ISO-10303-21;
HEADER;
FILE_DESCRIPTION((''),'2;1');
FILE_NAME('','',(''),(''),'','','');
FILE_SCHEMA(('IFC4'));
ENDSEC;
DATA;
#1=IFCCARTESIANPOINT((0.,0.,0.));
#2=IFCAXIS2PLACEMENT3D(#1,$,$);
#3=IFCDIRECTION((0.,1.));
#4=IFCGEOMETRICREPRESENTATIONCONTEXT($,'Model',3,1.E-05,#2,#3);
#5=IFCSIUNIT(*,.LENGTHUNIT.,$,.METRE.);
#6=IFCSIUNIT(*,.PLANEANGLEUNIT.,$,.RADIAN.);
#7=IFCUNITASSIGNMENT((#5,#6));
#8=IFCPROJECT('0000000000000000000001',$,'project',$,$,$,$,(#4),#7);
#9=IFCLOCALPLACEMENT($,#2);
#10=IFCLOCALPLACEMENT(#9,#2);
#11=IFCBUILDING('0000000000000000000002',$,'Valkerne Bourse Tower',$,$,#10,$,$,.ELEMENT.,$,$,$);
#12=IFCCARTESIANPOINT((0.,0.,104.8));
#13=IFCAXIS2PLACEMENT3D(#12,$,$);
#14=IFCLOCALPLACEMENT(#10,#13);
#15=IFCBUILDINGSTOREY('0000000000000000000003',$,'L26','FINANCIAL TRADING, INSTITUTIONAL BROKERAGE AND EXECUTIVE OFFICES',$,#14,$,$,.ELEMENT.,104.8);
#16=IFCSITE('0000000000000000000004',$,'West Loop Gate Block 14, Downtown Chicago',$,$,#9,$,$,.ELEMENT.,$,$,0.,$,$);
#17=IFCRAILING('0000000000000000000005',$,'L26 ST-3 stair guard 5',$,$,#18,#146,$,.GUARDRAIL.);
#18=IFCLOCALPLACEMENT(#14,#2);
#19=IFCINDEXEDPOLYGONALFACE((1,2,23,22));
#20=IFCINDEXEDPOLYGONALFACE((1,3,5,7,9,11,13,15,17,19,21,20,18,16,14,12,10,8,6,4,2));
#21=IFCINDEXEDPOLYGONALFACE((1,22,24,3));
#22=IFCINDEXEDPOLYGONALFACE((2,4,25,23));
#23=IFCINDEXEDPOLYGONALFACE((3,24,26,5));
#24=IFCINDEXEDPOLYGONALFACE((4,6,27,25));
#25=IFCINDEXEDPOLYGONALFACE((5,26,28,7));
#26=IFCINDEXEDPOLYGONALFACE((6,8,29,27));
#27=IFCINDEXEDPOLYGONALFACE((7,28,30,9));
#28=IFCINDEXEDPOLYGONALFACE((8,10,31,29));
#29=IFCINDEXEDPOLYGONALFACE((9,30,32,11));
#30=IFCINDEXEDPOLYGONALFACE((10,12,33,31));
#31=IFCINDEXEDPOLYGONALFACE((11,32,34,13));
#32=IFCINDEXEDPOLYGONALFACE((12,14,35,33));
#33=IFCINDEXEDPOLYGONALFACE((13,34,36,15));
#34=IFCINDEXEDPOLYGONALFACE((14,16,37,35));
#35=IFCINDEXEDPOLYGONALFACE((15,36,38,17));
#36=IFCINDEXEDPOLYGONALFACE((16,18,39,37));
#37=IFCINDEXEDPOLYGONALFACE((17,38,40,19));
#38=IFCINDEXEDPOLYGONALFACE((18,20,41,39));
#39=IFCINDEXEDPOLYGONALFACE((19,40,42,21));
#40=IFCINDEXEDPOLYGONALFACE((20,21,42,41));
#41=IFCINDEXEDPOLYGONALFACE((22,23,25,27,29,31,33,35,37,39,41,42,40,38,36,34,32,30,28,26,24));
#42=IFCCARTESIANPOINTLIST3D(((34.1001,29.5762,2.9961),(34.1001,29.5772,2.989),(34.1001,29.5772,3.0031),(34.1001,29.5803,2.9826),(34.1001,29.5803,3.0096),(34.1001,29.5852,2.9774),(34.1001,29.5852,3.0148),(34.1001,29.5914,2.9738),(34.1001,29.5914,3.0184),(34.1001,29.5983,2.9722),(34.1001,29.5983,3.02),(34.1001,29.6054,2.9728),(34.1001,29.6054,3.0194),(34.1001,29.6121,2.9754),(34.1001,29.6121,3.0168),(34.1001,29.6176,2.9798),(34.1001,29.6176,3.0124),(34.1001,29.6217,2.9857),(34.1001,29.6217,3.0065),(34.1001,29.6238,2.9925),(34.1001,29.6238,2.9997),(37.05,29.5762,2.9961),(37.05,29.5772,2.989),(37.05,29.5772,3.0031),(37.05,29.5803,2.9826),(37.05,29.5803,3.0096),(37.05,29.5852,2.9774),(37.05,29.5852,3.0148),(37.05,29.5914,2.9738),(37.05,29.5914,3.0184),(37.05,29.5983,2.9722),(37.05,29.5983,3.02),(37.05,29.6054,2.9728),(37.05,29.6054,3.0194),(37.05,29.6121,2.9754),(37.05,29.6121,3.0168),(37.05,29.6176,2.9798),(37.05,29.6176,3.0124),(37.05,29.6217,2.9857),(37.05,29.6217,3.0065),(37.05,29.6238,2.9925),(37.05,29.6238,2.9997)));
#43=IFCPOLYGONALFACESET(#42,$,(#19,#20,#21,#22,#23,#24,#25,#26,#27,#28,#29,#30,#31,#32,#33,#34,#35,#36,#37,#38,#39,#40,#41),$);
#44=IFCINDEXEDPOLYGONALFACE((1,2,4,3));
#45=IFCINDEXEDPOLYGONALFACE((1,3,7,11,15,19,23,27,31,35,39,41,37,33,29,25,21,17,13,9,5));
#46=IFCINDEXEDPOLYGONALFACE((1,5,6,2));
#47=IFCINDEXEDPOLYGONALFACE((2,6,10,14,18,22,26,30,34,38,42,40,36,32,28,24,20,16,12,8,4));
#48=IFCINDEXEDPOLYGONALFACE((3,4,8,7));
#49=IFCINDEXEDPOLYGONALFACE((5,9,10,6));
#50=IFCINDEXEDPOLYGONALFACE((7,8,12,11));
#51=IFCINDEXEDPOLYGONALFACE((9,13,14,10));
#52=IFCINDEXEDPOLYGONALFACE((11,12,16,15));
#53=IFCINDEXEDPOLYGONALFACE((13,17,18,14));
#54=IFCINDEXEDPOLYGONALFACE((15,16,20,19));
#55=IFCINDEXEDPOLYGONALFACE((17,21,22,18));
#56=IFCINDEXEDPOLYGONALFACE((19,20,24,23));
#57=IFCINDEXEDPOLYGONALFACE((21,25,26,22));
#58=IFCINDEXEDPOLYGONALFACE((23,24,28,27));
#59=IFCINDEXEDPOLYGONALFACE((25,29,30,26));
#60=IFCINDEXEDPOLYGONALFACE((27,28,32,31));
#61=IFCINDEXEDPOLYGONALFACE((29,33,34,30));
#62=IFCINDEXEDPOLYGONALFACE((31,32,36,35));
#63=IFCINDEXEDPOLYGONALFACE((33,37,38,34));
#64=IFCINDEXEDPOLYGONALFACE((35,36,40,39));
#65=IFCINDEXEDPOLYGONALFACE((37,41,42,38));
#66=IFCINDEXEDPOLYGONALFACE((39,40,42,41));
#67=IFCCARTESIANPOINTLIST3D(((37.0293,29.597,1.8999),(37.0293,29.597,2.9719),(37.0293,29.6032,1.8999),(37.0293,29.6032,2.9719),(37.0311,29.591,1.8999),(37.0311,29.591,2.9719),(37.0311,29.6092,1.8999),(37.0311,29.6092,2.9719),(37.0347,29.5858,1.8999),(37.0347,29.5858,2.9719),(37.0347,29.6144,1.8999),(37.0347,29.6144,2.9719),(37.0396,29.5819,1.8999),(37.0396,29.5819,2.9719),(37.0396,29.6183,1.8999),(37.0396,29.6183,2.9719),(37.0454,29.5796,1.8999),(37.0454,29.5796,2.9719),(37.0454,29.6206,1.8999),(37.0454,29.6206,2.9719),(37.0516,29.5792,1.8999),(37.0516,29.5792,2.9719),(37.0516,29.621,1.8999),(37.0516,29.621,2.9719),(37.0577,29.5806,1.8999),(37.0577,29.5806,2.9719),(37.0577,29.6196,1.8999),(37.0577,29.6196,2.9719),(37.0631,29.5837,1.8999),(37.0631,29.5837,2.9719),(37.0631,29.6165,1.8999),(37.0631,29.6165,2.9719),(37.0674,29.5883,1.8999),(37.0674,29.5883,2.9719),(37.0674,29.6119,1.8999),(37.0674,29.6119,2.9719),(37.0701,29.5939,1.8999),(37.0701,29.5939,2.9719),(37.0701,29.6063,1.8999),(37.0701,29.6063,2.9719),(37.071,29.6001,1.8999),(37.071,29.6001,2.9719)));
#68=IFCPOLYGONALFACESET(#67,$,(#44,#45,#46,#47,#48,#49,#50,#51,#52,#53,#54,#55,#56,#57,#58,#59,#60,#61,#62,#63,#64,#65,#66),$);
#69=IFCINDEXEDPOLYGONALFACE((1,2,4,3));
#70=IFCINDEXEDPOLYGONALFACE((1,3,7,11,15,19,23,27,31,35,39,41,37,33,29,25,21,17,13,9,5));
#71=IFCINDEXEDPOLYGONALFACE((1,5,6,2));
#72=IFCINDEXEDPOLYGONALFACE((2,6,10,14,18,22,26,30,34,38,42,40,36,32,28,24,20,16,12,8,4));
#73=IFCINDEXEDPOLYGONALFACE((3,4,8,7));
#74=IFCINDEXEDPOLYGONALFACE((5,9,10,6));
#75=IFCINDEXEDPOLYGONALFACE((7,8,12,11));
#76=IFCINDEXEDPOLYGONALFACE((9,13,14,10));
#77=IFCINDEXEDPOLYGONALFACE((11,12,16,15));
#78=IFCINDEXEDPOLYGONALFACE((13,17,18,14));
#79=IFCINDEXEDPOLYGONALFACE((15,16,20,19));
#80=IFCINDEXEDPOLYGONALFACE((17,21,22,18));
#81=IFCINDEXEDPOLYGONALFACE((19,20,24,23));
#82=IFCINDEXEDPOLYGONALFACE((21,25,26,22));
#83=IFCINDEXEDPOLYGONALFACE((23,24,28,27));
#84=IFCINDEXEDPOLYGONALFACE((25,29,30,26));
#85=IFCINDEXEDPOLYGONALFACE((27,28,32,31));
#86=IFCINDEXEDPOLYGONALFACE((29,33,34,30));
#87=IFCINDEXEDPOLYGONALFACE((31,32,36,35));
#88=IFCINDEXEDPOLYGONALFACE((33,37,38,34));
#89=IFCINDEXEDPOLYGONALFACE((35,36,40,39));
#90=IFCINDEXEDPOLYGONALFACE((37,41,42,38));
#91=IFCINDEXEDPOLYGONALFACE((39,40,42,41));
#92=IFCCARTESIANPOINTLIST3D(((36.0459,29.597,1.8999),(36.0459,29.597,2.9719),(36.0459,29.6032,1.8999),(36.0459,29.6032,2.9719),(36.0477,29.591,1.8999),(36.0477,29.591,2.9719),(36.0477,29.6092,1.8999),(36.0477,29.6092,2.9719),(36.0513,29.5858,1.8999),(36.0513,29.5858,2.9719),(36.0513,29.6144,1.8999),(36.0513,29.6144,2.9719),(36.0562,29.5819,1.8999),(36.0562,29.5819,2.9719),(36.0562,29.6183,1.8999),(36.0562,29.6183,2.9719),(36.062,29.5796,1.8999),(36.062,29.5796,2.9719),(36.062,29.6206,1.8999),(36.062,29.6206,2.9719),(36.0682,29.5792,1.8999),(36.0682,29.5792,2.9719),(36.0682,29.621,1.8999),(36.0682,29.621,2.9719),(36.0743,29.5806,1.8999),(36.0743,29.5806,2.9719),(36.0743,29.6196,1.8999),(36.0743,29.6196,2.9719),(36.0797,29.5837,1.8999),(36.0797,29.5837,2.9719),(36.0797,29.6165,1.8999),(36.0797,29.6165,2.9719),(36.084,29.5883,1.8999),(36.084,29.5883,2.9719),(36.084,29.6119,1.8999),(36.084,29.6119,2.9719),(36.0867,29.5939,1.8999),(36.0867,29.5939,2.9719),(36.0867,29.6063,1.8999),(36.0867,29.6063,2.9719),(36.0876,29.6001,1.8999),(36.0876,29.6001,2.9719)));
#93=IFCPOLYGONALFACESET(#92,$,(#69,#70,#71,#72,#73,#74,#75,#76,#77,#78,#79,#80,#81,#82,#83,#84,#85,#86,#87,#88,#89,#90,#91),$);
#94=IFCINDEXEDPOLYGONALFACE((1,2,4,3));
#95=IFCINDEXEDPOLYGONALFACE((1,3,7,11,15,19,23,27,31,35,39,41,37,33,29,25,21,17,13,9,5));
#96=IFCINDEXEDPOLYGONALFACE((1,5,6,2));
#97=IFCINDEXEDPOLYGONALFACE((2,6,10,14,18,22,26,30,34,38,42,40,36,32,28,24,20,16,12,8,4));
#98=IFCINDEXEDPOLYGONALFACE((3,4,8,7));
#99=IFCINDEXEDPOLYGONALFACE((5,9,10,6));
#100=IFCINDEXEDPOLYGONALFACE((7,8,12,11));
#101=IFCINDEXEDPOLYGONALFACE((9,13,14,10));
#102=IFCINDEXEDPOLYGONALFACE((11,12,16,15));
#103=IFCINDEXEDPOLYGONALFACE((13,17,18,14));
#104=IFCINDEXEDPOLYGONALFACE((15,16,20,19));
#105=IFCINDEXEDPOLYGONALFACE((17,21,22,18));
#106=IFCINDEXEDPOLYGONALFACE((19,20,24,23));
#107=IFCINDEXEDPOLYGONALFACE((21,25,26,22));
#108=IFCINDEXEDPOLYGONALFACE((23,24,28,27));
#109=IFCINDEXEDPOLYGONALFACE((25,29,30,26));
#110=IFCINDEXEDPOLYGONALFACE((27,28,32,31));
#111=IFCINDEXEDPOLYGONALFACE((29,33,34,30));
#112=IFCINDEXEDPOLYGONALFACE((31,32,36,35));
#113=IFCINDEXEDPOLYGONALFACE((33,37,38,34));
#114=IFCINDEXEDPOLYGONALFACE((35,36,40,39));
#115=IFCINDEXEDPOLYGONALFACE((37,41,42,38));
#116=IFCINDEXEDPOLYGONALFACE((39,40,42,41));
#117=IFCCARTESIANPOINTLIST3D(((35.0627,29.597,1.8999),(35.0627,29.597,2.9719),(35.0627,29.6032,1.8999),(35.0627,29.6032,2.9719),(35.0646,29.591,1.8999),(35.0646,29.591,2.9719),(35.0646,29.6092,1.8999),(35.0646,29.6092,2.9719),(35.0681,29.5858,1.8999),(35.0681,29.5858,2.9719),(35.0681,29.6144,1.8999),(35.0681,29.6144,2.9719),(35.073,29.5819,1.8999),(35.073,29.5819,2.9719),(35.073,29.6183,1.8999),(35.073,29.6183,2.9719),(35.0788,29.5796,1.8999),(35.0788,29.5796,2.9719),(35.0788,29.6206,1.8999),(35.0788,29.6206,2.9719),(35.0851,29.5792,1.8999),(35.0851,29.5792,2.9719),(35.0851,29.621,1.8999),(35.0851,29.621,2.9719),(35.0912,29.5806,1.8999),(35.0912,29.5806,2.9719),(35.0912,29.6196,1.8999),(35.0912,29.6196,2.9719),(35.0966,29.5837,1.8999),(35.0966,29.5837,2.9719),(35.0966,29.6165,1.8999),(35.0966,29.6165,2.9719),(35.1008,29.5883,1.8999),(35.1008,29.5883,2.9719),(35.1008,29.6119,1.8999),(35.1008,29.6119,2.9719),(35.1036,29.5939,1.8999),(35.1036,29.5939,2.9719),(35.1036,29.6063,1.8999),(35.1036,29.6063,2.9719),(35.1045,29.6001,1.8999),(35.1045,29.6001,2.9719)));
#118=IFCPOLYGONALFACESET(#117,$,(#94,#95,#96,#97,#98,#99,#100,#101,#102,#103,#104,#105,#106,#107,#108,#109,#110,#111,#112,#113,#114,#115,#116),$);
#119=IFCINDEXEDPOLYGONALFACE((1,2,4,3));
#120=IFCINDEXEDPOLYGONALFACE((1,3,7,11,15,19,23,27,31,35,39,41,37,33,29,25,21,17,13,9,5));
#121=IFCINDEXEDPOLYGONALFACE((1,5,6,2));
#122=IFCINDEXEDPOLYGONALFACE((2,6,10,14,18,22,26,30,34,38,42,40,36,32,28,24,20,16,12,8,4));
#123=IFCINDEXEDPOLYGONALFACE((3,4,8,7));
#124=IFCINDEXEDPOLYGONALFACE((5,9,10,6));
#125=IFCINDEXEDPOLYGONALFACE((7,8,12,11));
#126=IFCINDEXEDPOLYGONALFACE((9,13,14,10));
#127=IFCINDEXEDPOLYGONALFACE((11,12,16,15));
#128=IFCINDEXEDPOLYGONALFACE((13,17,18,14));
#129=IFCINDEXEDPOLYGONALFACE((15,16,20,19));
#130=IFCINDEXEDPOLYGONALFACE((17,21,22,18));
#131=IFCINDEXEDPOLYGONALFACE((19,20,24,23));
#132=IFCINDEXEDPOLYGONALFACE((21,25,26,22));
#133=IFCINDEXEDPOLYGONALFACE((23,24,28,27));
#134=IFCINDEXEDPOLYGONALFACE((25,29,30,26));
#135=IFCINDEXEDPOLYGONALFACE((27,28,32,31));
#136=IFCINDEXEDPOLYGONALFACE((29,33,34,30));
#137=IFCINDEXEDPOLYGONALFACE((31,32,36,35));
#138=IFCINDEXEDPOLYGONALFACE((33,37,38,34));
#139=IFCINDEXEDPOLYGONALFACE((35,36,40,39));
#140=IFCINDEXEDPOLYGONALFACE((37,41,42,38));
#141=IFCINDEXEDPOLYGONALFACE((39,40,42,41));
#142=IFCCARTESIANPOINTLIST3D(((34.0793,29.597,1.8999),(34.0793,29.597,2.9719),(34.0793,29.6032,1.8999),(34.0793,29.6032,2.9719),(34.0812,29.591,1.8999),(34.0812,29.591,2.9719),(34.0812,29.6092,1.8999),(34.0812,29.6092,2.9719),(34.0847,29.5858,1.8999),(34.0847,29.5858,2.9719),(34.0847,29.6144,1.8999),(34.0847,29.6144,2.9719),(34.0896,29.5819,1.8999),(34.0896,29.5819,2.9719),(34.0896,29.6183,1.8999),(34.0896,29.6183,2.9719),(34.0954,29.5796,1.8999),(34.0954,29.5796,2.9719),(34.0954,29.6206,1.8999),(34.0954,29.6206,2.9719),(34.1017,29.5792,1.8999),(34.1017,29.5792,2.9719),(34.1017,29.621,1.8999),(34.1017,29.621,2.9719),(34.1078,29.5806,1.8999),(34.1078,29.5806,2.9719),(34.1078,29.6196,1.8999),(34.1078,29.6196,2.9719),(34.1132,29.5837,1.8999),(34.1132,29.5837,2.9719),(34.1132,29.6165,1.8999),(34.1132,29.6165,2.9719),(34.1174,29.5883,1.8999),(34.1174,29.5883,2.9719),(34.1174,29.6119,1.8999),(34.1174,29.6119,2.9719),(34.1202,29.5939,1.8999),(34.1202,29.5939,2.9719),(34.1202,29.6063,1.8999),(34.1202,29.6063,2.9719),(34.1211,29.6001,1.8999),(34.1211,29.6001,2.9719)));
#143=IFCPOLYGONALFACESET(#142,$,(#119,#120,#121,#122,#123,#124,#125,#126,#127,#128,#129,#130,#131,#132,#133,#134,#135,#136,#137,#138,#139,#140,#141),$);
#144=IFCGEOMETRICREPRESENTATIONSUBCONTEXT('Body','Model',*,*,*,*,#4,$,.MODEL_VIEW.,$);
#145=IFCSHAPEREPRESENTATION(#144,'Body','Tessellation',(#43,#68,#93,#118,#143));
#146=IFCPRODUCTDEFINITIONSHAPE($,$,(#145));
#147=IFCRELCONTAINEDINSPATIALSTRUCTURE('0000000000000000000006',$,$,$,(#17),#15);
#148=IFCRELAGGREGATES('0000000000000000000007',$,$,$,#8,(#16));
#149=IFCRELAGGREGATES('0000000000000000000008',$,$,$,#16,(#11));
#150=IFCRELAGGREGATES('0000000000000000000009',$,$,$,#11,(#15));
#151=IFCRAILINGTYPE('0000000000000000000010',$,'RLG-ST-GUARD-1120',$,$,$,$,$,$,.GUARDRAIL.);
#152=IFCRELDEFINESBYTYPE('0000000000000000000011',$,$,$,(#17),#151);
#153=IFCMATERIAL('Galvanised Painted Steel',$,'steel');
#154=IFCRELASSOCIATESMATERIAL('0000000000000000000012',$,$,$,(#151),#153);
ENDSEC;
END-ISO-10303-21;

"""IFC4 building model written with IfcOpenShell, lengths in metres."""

from ifc_helpers import new_model, si_unit, direction, frame, origin, origin_2d, place, context, subcontext, project, spatial, circle, extrude, material, type_object, element, save


model = new_model("IFC4")

# Units and contexts
model_context = context("Model", 3, precision=1e-05, world=origin(), true_north=direction((0.0, 1.0)))
body_context = subcontext(model_context, "Body", "Model", "MODEL_VIEW")
ifc_project = project(units=[si_unit("LENGTHUNIT", "METRE"), si_unit("PLANEANGLEUNIT", "RADIAN")], contexts=[model_context])

# Site, building, storey
site_placement = place(None, origin())
site = spatial("IfcSite", under=ifc_project, at=site_placement, Name="West Loop Gate Block 14, Downtown Chicago", CompositionType="ELEMENT", RefElevation=0.0)
building_placement = place(site_placement, origin())
building = spatial("IfcBuilding", under=site, at=building_placement, Name="Valkerne Bourse Tower", CompositionType="ELEMENT")
storey_placement = place(building_placement, frame((0.0, 0.0, 104.8)))
storey = spatial("IfcBuildingStorey", under=building, at=storey_placement, Name="L26", Description="FINANCIAL TRADING, INSTITUTIONAL BROKERAGE AND EXECUTIVE OFFICES", CompositionType="ELEMENT", Elevation=104.8)

# Shared definitions
ifc_material_1 = material(Name="Galvanised Painted Steel", Category="steel")

# Railing
railing_type_1 = type_object("IfcRailingType", Name="RLG-ST-GUARD-1120", PredefinedType="GUARDRAIL", material=ifc_material_1)
railing_1_placement = place(storey_placement, frame((37.05, 29.6001, 1.8999)))
element("IfcRailing", 1, at=railing_1_placement, inside=storey, type_object=railing_type_1, Name="L26 ST-3 stair guard 5", PredefinedType="GUARDRAIL", context=body_context, shape_type="SweptSolid", body=[
    extrude(circle(Radius=0.0239, at=origin_2d()), frame((0.0, 0.0, 1.0962), z_axis=(-1.0, 0.0, 0.0), x_axis=(0.0, -1.0, 0.0)), (0.0, 0.0, 1.0), 2.95),
    extrude(circle(Radius=0.021, at=origin_2d()), origin(), (0.0, 0.0, 1.0), 1.072),
    extrude(circle(Radius=0.021, at=origin_2d()), frame((-0.9834, 0.0, 0.0)), (0.0, 0.0, 1.0), 1.072),
    extrude(circle(Radius=0.021, at=origin_2d()), frame((-1.9666, 0.0, 0.0)), (0.0, 0.0, 1.0), 1.072),
    extrude(circle(Radius=0.021, at=origin_2d()), frame((-2.95, 0.0, 0.0)), (0.0, 0.0, 1.0), 1.072),
])

save(model, "model.ifc")
